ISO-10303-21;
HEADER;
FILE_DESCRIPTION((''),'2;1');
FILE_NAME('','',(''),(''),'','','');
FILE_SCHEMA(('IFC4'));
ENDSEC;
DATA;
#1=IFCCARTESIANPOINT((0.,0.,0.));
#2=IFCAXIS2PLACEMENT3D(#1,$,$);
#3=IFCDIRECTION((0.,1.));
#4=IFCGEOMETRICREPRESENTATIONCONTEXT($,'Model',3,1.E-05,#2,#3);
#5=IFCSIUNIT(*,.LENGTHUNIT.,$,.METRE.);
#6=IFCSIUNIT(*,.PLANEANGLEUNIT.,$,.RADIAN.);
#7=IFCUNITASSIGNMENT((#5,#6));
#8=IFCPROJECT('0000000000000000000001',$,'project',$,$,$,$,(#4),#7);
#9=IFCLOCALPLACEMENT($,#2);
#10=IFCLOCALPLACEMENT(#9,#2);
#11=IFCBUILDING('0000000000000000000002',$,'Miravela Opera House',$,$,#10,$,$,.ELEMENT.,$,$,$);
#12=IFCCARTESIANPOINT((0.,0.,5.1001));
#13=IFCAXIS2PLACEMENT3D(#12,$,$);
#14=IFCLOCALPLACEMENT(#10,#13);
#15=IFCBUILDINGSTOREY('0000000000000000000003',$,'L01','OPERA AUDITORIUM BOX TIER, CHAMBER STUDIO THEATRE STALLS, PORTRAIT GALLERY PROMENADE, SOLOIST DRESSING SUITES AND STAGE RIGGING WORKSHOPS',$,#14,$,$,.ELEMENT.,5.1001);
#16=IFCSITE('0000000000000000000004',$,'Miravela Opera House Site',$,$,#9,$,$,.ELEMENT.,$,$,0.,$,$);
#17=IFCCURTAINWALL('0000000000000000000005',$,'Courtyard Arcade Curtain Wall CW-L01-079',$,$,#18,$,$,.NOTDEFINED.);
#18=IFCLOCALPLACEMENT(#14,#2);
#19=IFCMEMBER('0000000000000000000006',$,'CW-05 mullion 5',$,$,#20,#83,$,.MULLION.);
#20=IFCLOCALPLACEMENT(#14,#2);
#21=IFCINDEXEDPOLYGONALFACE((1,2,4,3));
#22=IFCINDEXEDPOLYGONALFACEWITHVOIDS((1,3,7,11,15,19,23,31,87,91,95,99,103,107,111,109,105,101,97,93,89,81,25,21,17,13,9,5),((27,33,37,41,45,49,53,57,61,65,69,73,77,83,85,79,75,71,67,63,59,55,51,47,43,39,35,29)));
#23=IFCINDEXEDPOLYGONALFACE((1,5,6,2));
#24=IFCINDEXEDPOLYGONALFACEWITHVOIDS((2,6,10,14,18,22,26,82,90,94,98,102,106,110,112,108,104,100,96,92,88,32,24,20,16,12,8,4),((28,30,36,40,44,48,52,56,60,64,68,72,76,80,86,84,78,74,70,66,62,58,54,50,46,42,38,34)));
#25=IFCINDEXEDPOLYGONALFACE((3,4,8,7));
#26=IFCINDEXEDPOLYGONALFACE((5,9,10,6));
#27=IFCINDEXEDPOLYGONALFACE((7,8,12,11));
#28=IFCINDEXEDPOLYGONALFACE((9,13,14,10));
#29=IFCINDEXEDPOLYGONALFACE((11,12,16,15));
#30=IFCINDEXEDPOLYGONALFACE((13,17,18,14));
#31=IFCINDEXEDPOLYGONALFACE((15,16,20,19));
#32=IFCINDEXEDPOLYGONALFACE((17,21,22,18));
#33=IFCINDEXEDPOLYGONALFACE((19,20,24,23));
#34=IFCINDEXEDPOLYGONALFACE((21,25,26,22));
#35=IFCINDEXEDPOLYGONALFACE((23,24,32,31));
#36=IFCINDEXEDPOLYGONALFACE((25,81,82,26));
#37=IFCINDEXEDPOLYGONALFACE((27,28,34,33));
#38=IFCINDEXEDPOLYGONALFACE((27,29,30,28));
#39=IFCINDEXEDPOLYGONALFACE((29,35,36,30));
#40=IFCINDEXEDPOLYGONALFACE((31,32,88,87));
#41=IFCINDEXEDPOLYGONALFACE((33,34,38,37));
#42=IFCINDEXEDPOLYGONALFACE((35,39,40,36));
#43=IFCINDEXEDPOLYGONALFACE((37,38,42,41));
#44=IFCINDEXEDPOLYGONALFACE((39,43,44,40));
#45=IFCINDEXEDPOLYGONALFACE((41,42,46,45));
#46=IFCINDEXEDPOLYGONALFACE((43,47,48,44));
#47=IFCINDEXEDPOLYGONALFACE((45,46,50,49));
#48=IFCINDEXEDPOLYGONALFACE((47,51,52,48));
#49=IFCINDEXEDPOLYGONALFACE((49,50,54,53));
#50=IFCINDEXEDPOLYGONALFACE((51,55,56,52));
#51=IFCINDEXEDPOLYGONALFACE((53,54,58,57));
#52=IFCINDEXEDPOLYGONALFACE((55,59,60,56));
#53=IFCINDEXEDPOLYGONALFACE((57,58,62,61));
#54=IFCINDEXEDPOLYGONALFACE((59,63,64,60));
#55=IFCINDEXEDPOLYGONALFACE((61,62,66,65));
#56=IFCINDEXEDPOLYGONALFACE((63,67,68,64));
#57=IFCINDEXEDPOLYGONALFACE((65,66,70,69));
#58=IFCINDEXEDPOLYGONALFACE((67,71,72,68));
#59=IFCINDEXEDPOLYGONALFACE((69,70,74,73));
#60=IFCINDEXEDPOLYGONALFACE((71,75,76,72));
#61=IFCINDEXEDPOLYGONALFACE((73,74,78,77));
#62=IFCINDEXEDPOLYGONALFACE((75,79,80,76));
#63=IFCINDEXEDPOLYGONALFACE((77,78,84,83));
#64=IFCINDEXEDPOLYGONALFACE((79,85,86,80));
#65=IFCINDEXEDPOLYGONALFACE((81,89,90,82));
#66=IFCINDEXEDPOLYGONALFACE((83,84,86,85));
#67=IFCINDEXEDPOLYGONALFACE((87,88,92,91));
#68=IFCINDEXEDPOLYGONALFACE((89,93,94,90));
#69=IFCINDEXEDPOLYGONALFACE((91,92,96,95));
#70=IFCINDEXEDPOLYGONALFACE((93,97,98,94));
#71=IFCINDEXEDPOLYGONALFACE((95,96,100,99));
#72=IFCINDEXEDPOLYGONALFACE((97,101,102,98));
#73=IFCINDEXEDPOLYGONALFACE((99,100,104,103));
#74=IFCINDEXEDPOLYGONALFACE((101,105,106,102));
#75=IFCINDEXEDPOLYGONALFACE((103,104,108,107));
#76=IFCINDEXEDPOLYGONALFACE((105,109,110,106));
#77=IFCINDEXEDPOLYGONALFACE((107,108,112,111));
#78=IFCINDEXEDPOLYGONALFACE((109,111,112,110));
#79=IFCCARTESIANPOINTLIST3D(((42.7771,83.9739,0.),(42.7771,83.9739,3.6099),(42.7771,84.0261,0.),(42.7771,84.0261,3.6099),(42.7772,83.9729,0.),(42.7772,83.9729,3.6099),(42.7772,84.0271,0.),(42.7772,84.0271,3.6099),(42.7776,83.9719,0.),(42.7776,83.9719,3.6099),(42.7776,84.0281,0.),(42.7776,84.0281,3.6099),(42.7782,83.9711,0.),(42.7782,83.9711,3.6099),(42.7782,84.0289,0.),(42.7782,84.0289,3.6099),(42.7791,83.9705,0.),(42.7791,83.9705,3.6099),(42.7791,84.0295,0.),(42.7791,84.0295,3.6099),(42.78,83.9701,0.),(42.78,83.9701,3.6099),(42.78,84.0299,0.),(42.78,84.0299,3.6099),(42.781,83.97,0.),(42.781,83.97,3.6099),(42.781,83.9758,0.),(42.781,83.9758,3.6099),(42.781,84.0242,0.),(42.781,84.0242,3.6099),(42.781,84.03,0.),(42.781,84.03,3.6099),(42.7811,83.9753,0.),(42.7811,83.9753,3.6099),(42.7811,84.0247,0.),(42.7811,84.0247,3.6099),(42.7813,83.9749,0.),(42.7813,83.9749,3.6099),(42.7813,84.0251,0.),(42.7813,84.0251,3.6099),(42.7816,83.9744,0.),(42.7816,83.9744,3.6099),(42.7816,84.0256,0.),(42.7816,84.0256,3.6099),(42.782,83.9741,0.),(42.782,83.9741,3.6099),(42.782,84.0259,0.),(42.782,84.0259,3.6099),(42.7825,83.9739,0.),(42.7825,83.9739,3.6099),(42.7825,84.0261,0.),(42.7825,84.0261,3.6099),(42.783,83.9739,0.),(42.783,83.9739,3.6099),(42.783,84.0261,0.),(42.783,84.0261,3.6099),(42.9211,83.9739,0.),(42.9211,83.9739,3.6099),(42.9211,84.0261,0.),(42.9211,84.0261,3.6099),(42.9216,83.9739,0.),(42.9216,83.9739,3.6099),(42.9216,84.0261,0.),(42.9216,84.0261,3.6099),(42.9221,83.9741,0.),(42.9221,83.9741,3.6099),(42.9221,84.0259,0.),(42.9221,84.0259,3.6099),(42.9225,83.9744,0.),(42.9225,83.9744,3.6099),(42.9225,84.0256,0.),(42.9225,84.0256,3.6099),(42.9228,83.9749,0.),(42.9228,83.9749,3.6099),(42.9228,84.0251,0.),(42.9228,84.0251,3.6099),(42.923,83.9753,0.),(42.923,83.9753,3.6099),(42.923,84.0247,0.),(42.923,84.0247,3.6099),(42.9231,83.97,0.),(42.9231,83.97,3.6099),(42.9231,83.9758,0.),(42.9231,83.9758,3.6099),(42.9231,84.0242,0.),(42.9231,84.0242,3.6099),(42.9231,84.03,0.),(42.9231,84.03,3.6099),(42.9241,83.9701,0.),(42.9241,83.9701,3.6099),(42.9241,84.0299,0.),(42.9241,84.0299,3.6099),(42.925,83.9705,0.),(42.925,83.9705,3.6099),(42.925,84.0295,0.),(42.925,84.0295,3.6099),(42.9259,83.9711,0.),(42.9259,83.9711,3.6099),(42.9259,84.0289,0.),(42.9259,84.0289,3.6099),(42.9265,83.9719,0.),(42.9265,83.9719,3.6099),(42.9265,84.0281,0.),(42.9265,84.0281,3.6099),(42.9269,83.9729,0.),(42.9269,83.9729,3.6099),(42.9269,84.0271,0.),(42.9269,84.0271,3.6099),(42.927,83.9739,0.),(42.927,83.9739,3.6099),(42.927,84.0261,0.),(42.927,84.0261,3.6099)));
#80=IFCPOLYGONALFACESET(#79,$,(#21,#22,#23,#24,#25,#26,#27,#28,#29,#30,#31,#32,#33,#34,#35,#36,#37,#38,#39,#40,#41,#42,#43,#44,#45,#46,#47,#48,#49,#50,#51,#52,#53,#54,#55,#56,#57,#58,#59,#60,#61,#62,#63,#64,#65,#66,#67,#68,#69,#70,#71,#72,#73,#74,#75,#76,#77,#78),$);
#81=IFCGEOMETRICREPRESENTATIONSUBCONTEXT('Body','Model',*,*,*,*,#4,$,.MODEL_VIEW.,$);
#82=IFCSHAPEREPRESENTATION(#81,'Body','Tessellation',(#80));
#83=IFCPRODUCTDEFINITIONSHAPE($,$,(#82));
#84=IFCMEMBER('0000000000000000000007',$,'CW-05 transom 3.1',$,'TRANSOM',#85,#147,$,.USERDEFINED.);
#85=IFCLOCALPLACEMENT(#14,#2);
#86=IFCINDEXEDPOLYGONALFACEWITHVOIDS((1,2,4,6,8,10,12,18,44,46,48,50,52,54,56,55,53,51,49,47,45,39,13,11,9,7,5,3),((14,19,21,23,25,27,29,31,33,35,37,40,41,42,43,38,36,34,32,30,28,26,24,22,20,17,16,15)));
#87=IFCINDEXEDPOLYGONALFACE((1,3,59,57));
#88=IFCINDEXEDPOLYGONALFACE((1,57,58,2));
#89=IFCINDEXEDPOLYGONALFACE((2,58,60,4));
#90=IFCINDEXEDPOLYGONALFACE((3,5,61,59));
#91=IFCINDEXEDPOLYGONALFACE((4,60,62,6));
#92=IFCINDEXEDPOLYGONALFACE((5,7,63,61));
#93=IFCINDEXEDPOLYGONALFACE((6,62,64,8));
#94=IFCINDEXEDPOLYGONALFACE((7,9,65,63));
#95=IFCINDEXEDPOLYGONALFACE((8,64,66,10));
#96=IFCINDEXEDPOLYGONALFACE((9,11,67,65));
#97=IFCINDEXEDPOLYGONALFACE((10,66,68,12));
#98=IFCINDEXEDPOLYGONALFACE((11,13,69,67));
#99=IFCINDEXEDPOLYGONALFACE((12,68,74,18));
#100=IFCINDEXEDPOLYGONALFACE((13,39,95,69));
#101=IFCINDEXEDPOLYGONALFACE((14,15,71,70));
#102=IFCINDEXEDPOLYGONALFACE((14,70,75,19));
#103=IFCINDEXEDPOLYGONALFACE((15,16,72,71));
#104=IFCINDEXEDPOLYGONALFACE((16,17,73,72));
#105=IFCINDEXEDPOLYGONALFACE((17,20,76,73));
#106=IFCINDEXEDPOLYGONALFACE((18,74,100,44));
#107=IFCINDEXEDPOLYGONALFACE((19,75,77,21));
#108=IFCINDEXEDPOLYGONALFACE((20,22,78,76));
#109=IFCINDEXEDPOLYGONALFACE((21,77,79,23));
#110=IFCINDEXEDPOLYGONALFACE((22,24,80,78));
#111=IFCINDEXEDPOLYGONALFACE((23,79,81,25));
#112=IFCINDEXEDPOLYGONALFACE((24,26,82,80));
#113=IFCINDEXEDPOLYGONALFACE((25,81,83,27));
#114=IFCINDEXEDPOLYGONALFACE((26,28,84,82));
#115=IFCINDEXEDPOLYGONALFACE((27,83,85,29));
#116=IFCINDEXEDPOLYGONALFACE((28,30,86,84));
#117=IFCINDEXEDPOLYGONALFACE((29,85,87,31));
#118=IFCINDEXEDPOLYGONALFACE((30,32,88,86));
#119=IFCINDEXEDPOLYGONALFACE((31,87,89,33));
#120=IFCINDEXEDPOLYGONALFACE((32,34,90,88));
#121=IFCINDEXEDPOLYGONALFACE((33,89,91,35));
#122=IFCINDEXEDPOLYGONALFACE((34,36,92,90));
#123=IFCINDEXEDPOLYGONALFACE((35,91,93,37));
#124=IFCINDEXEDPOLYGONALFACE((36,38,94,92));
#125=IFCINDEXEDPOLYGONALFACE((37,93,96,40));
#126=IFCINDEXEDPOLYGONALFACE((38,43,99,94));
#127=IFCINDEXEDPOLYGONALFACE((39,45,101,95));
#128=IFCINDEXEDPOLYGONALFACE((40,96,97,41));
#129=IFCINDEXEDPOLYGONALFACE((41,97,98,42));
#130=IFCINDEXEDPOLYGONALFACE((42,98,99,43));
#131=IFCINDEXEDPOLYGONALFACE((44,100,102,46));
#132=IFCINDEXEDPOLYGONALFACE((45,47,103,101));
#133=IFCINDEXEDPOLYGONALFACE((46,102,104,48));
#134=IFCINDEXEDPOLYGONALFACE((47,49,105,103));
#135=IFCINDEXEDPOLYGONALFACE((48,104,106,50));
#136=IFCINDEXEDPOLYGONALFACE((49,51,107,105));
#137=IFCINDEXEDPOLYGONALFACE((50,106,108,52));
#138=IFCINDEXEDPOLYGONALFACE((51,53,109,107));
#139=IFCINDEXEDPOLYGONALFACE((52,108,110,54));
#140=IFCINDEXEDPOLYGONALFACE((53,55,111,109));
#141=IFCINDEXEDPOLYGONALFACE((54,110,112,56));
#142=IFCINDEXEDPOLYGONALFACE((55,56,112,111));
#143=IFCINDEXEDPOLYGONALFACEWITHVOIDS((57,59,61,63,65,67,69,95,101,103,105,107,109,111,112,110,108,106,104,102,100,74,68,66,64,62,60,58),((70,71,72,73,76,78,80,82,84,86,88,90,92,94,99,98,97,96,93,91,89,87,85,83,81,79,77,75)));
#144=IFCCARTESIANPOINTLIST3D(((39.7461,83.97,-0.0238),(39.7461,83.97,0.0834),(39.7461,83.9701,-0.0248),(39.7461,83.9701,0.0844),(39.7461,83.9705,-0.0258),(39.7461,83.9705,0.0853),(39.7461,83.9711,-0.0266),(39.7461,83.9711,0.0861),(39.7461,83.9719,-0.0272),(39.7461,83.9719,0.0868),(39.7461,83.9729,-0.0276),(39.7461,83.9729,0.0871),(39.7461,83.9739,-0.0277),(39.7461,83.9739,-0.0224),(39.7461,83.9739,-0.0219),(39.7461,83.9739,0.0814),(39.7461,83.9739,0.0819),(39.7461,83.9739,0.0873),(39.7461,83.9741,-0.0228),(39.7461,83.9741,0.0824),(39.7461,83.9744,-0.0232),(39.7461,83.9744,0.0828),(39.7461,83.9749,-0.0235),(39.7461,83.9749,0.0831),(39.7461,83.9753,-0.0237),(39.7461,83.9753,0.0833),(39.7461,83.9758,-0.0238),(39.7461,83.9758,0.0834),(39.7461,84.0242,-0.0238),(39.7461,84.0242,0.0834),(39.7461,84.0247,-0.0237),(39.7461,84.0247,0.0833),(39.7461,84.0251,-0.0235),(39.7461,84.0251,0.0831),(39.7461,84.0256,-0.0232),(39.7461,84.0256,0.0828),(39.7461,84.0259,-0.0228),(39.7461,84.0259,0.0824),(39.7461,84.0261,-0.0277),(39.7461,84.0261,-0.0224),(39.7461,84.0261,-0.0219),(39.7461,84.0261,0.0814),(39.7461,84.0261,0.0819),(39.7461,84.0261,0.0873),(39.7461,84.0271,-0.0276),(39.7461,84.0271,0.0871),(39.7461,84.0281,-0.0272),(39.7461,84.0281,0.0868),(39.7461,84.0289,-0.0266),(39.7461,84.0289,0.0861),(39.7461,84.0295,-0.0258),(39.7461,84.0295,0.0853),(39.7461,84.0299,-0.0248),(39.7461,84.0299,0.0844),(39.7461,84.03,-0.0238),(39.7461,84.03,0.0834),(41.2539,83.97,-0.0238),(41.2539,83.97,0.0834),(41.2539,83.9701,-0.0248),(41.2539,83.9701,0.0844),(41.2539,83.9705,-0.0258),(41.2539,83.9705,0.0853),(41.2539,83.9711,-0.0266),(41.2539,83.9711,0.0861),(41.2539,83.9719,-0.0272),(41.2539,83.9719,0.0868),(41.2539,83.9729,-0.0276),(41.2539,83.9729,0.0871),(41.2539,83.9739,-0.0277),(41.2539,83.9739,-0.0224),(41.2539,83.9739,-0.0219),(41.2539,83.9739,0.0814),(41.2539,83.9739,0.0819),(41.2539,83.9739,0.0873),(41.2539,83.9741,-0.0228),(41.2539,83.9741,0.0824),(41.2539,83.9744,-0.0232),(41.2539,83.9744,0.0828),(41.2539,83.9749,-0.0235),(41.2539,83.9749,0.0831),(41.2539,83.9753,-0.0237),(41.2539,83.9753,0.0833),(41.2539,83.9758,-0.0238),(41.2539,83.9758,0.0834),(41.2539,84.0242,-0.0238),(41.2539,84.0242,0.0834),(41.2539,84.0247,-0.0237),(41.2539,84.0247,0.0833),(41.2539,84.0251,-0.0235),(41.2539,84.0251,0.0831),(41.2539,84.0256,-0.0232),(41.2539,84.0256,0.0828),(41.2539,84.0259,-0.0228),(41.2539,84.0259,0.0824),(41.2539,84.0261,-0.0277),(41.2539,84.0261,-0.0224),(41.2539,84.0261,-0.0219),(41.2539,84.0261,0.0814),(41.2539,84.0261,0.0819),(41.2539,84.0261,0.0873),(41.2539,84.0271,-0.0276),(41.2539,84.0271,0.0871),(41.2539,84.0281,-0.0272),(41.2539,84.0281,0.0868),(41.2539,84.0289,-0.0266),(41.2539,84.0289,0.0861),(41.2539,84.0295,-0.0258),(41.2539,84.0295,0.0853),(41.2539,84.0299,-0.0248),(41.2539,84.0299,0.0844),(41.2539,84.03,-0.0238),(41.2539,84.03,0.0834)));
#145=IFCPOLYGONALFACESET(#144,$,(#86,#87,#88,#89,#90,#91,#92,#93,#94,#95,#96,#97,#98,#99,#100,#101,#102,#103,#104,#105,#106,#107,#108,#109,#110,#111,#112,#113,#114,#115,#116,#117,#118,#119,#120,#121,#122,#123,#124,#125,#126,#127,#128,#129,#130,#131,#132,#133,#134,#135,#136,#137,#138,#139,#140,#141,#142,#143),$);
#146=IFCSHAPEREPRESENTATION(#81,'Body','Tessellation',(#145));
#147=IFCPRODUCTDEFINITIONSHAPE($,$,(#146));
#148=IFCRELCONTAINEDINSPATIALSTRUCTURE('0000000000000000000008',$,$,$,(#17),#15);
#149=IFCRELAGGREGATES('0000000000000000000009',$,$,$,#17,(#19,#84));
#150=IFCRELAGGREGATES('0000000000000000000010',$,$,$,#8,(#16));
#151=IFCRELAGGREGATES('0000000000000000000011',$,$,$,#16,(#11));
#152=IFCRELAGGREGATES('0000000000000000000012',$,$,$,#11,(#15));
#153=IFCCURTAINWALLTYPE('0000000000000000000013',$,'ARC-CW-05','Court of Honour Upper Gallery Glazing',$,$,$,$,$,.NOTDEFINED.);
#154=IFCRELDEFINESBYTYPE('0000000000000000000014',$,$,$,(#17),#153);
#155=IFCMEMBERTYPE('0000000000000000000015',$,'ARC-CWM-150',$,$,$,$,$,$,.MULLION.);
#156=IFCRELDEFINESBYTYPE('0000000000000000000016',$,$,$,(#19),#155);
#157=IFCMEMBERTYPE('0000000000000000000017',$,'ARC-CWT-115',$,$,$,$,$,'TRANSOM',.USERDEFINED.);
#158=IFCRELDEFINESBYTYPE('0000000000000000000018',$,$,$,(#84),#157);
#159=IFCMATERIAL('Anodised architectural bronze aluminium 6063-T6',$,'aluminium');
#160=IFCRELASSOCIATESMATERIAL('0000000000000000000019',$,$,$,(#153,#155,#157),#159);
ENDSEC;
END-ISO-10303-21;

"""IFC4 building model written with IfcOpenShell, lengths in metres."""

from ifc_helpers import new_model, si_unit, direction, frame, origin, origin_2d, place, context, subcontext, project, spatial, hollow_rectangle, extrude, material, material_profile, profile_set, type_object, element, aggregate, save


model = new_model("IFC4")

# Units and contexts
model_context = context("Model", 3, precision=1e-05, world=origin(), true_north=direction((0.0, 1.0)))
body_context = subcontext(model_context, "Body", "Model", "MODEL_VIEW")
ifc_project = project(units=[si_unit("LENGTHUNIT", "METRE"), si_unit("PLANEANGLEUNIT", "RADIAN")], contexts=[model_context])

# Site, building, storey
site_placement = place(None, origin())
site = spatial("IfcSite", under=ifc_project, at=site_placement, Name="Miravela Opera House Site", CompositionType="ELEMENT", RefElevation=0.0)
building_placement = place(site_placement, origin())
building = spatial("IfcBuilding", under=site, at=building_placement, Name="Miravela Opera House", CompositionType="ELEMENT")
storey_placement = place(building_placement, frame((0.0, 0.0, 5.1001)))
storey = spatial("IfcBuildingStorey", under=building, at=storey_placement, Name="L01", Description="OPERA AUDITORIUM BOX TIER, CHAMBER STUDIO THEATRE STALLS, PORTRAIT GALLERY PROMENADE, SOLOIST DRESSING SUITES AND STAGE RIGGING WORKSHOPS", CompositionType="ELEMENT", Elevation=5.1001)

# Curtain wall, members
ifc_material_1 = material(Name="Anodised architectural bronze aluminium 6063-T6", Category="aluminium")
curtain_wall_type = type_object("IfcCurtainWallType", Name="ARC-CW-05", Description="Court of Honour Upper Gallery Glazing", PredefinedType="NOTDEFINED", material=ifc_material_1)
curtain_wall_placement = place(storey_placement, origin())
curtain_wall = element("IfcCurtainWall", 1, at=curtain_wall_placement, inside=storey, type_object=curtain_wall_type, Name="Courtyard Arcade Curtain Wall CW-L01-079", PredefinedType="NOTDEFINED")
ifc_material_profile_1 = material_profile(ifc_material_1, hollow_rectangle(XDim=0.0601, YDim=0.1499, WallThickness=0.0039, InnerFilletRadius=0.002, OuterFilletRadius=0.0039, at=origin_2d()), Name="CWM-60X150")
ifc_profile_set_1 = profile_set([ifc_material_profile_1])
member_type_1 = type_object("IfcMemberType", Name="ARC-CWM-150", PredefinedType="MULLION", material=ifc_profile_set_1)
member_1_placement = place(storey_placement, frame((42.8521, 84.0, 0.0), z_axis=(0.0, 0.0, 1.0), x_axis=(0.0, 1.0, 0.0)))
member_1 = element("IfcMember", 2, at=member_1_placement, type_object=member_type_1, Name="CW-05 mullion 5", PredefinedType="MULLION", context=body_context, shape_type="SweptSolid", body=[
    extrude(hollow_rectangle(XDim=0.0601, YDim=0.1499, WallThickness=0.0039, InnerFilletRadius=0.002, OuterFilletRadius=0.0039, at=origin_2d()), origin(), (0.0, 0.0, 1.0), 3.6099),
])
ifc_material_profile_2 = material_profile(ifc_material_1, hollow_rectangle(XDim=0.0601, YDim=0.115, WallThickness=0.0039, InnerFilletRadius=0.002, OuterFilletRadius=0.0039, at=origin_2d()), Name="CWT-60X115")
ifc_profile_set_2 = profile_set([ifc_material_profile_2])
member_type_2 = type_object("IfcMemberType", Name="ARC-CWT-115", ElementType="TRANSOM", PredefinedType="USERDEFINED", material=ifc_profile_set_2)
member_2_placement = place(storey_placement, frame((39.7461, 84.0, 0.0298), z_axis=(1.0, 0.0, 0.0), x_axis=(0.0, 1.0, 0.0)))
member_2 = element("IfcMember", 3, at=member_2_placement, type_object=member_type_2, Name="CW-05 transom 3.1", ObjectType="TRANSOM", PredefinedType="USERDEFINED", context=body_context, shape_type="SweptSolid", body=[
    extrude(hollow_rectangle(XDim=0.0601, YDim=0.115, WallThickness=0.0039, InnerFilletRadius=0.002, OuterFilletRadius=0.0039, at=origin_2d()), origin(), (0.0, 0.0, 1.0), 1.5078),
])
aggregate(curtain_wall, [member_1, member_2])

save(model, "model.ifc")
